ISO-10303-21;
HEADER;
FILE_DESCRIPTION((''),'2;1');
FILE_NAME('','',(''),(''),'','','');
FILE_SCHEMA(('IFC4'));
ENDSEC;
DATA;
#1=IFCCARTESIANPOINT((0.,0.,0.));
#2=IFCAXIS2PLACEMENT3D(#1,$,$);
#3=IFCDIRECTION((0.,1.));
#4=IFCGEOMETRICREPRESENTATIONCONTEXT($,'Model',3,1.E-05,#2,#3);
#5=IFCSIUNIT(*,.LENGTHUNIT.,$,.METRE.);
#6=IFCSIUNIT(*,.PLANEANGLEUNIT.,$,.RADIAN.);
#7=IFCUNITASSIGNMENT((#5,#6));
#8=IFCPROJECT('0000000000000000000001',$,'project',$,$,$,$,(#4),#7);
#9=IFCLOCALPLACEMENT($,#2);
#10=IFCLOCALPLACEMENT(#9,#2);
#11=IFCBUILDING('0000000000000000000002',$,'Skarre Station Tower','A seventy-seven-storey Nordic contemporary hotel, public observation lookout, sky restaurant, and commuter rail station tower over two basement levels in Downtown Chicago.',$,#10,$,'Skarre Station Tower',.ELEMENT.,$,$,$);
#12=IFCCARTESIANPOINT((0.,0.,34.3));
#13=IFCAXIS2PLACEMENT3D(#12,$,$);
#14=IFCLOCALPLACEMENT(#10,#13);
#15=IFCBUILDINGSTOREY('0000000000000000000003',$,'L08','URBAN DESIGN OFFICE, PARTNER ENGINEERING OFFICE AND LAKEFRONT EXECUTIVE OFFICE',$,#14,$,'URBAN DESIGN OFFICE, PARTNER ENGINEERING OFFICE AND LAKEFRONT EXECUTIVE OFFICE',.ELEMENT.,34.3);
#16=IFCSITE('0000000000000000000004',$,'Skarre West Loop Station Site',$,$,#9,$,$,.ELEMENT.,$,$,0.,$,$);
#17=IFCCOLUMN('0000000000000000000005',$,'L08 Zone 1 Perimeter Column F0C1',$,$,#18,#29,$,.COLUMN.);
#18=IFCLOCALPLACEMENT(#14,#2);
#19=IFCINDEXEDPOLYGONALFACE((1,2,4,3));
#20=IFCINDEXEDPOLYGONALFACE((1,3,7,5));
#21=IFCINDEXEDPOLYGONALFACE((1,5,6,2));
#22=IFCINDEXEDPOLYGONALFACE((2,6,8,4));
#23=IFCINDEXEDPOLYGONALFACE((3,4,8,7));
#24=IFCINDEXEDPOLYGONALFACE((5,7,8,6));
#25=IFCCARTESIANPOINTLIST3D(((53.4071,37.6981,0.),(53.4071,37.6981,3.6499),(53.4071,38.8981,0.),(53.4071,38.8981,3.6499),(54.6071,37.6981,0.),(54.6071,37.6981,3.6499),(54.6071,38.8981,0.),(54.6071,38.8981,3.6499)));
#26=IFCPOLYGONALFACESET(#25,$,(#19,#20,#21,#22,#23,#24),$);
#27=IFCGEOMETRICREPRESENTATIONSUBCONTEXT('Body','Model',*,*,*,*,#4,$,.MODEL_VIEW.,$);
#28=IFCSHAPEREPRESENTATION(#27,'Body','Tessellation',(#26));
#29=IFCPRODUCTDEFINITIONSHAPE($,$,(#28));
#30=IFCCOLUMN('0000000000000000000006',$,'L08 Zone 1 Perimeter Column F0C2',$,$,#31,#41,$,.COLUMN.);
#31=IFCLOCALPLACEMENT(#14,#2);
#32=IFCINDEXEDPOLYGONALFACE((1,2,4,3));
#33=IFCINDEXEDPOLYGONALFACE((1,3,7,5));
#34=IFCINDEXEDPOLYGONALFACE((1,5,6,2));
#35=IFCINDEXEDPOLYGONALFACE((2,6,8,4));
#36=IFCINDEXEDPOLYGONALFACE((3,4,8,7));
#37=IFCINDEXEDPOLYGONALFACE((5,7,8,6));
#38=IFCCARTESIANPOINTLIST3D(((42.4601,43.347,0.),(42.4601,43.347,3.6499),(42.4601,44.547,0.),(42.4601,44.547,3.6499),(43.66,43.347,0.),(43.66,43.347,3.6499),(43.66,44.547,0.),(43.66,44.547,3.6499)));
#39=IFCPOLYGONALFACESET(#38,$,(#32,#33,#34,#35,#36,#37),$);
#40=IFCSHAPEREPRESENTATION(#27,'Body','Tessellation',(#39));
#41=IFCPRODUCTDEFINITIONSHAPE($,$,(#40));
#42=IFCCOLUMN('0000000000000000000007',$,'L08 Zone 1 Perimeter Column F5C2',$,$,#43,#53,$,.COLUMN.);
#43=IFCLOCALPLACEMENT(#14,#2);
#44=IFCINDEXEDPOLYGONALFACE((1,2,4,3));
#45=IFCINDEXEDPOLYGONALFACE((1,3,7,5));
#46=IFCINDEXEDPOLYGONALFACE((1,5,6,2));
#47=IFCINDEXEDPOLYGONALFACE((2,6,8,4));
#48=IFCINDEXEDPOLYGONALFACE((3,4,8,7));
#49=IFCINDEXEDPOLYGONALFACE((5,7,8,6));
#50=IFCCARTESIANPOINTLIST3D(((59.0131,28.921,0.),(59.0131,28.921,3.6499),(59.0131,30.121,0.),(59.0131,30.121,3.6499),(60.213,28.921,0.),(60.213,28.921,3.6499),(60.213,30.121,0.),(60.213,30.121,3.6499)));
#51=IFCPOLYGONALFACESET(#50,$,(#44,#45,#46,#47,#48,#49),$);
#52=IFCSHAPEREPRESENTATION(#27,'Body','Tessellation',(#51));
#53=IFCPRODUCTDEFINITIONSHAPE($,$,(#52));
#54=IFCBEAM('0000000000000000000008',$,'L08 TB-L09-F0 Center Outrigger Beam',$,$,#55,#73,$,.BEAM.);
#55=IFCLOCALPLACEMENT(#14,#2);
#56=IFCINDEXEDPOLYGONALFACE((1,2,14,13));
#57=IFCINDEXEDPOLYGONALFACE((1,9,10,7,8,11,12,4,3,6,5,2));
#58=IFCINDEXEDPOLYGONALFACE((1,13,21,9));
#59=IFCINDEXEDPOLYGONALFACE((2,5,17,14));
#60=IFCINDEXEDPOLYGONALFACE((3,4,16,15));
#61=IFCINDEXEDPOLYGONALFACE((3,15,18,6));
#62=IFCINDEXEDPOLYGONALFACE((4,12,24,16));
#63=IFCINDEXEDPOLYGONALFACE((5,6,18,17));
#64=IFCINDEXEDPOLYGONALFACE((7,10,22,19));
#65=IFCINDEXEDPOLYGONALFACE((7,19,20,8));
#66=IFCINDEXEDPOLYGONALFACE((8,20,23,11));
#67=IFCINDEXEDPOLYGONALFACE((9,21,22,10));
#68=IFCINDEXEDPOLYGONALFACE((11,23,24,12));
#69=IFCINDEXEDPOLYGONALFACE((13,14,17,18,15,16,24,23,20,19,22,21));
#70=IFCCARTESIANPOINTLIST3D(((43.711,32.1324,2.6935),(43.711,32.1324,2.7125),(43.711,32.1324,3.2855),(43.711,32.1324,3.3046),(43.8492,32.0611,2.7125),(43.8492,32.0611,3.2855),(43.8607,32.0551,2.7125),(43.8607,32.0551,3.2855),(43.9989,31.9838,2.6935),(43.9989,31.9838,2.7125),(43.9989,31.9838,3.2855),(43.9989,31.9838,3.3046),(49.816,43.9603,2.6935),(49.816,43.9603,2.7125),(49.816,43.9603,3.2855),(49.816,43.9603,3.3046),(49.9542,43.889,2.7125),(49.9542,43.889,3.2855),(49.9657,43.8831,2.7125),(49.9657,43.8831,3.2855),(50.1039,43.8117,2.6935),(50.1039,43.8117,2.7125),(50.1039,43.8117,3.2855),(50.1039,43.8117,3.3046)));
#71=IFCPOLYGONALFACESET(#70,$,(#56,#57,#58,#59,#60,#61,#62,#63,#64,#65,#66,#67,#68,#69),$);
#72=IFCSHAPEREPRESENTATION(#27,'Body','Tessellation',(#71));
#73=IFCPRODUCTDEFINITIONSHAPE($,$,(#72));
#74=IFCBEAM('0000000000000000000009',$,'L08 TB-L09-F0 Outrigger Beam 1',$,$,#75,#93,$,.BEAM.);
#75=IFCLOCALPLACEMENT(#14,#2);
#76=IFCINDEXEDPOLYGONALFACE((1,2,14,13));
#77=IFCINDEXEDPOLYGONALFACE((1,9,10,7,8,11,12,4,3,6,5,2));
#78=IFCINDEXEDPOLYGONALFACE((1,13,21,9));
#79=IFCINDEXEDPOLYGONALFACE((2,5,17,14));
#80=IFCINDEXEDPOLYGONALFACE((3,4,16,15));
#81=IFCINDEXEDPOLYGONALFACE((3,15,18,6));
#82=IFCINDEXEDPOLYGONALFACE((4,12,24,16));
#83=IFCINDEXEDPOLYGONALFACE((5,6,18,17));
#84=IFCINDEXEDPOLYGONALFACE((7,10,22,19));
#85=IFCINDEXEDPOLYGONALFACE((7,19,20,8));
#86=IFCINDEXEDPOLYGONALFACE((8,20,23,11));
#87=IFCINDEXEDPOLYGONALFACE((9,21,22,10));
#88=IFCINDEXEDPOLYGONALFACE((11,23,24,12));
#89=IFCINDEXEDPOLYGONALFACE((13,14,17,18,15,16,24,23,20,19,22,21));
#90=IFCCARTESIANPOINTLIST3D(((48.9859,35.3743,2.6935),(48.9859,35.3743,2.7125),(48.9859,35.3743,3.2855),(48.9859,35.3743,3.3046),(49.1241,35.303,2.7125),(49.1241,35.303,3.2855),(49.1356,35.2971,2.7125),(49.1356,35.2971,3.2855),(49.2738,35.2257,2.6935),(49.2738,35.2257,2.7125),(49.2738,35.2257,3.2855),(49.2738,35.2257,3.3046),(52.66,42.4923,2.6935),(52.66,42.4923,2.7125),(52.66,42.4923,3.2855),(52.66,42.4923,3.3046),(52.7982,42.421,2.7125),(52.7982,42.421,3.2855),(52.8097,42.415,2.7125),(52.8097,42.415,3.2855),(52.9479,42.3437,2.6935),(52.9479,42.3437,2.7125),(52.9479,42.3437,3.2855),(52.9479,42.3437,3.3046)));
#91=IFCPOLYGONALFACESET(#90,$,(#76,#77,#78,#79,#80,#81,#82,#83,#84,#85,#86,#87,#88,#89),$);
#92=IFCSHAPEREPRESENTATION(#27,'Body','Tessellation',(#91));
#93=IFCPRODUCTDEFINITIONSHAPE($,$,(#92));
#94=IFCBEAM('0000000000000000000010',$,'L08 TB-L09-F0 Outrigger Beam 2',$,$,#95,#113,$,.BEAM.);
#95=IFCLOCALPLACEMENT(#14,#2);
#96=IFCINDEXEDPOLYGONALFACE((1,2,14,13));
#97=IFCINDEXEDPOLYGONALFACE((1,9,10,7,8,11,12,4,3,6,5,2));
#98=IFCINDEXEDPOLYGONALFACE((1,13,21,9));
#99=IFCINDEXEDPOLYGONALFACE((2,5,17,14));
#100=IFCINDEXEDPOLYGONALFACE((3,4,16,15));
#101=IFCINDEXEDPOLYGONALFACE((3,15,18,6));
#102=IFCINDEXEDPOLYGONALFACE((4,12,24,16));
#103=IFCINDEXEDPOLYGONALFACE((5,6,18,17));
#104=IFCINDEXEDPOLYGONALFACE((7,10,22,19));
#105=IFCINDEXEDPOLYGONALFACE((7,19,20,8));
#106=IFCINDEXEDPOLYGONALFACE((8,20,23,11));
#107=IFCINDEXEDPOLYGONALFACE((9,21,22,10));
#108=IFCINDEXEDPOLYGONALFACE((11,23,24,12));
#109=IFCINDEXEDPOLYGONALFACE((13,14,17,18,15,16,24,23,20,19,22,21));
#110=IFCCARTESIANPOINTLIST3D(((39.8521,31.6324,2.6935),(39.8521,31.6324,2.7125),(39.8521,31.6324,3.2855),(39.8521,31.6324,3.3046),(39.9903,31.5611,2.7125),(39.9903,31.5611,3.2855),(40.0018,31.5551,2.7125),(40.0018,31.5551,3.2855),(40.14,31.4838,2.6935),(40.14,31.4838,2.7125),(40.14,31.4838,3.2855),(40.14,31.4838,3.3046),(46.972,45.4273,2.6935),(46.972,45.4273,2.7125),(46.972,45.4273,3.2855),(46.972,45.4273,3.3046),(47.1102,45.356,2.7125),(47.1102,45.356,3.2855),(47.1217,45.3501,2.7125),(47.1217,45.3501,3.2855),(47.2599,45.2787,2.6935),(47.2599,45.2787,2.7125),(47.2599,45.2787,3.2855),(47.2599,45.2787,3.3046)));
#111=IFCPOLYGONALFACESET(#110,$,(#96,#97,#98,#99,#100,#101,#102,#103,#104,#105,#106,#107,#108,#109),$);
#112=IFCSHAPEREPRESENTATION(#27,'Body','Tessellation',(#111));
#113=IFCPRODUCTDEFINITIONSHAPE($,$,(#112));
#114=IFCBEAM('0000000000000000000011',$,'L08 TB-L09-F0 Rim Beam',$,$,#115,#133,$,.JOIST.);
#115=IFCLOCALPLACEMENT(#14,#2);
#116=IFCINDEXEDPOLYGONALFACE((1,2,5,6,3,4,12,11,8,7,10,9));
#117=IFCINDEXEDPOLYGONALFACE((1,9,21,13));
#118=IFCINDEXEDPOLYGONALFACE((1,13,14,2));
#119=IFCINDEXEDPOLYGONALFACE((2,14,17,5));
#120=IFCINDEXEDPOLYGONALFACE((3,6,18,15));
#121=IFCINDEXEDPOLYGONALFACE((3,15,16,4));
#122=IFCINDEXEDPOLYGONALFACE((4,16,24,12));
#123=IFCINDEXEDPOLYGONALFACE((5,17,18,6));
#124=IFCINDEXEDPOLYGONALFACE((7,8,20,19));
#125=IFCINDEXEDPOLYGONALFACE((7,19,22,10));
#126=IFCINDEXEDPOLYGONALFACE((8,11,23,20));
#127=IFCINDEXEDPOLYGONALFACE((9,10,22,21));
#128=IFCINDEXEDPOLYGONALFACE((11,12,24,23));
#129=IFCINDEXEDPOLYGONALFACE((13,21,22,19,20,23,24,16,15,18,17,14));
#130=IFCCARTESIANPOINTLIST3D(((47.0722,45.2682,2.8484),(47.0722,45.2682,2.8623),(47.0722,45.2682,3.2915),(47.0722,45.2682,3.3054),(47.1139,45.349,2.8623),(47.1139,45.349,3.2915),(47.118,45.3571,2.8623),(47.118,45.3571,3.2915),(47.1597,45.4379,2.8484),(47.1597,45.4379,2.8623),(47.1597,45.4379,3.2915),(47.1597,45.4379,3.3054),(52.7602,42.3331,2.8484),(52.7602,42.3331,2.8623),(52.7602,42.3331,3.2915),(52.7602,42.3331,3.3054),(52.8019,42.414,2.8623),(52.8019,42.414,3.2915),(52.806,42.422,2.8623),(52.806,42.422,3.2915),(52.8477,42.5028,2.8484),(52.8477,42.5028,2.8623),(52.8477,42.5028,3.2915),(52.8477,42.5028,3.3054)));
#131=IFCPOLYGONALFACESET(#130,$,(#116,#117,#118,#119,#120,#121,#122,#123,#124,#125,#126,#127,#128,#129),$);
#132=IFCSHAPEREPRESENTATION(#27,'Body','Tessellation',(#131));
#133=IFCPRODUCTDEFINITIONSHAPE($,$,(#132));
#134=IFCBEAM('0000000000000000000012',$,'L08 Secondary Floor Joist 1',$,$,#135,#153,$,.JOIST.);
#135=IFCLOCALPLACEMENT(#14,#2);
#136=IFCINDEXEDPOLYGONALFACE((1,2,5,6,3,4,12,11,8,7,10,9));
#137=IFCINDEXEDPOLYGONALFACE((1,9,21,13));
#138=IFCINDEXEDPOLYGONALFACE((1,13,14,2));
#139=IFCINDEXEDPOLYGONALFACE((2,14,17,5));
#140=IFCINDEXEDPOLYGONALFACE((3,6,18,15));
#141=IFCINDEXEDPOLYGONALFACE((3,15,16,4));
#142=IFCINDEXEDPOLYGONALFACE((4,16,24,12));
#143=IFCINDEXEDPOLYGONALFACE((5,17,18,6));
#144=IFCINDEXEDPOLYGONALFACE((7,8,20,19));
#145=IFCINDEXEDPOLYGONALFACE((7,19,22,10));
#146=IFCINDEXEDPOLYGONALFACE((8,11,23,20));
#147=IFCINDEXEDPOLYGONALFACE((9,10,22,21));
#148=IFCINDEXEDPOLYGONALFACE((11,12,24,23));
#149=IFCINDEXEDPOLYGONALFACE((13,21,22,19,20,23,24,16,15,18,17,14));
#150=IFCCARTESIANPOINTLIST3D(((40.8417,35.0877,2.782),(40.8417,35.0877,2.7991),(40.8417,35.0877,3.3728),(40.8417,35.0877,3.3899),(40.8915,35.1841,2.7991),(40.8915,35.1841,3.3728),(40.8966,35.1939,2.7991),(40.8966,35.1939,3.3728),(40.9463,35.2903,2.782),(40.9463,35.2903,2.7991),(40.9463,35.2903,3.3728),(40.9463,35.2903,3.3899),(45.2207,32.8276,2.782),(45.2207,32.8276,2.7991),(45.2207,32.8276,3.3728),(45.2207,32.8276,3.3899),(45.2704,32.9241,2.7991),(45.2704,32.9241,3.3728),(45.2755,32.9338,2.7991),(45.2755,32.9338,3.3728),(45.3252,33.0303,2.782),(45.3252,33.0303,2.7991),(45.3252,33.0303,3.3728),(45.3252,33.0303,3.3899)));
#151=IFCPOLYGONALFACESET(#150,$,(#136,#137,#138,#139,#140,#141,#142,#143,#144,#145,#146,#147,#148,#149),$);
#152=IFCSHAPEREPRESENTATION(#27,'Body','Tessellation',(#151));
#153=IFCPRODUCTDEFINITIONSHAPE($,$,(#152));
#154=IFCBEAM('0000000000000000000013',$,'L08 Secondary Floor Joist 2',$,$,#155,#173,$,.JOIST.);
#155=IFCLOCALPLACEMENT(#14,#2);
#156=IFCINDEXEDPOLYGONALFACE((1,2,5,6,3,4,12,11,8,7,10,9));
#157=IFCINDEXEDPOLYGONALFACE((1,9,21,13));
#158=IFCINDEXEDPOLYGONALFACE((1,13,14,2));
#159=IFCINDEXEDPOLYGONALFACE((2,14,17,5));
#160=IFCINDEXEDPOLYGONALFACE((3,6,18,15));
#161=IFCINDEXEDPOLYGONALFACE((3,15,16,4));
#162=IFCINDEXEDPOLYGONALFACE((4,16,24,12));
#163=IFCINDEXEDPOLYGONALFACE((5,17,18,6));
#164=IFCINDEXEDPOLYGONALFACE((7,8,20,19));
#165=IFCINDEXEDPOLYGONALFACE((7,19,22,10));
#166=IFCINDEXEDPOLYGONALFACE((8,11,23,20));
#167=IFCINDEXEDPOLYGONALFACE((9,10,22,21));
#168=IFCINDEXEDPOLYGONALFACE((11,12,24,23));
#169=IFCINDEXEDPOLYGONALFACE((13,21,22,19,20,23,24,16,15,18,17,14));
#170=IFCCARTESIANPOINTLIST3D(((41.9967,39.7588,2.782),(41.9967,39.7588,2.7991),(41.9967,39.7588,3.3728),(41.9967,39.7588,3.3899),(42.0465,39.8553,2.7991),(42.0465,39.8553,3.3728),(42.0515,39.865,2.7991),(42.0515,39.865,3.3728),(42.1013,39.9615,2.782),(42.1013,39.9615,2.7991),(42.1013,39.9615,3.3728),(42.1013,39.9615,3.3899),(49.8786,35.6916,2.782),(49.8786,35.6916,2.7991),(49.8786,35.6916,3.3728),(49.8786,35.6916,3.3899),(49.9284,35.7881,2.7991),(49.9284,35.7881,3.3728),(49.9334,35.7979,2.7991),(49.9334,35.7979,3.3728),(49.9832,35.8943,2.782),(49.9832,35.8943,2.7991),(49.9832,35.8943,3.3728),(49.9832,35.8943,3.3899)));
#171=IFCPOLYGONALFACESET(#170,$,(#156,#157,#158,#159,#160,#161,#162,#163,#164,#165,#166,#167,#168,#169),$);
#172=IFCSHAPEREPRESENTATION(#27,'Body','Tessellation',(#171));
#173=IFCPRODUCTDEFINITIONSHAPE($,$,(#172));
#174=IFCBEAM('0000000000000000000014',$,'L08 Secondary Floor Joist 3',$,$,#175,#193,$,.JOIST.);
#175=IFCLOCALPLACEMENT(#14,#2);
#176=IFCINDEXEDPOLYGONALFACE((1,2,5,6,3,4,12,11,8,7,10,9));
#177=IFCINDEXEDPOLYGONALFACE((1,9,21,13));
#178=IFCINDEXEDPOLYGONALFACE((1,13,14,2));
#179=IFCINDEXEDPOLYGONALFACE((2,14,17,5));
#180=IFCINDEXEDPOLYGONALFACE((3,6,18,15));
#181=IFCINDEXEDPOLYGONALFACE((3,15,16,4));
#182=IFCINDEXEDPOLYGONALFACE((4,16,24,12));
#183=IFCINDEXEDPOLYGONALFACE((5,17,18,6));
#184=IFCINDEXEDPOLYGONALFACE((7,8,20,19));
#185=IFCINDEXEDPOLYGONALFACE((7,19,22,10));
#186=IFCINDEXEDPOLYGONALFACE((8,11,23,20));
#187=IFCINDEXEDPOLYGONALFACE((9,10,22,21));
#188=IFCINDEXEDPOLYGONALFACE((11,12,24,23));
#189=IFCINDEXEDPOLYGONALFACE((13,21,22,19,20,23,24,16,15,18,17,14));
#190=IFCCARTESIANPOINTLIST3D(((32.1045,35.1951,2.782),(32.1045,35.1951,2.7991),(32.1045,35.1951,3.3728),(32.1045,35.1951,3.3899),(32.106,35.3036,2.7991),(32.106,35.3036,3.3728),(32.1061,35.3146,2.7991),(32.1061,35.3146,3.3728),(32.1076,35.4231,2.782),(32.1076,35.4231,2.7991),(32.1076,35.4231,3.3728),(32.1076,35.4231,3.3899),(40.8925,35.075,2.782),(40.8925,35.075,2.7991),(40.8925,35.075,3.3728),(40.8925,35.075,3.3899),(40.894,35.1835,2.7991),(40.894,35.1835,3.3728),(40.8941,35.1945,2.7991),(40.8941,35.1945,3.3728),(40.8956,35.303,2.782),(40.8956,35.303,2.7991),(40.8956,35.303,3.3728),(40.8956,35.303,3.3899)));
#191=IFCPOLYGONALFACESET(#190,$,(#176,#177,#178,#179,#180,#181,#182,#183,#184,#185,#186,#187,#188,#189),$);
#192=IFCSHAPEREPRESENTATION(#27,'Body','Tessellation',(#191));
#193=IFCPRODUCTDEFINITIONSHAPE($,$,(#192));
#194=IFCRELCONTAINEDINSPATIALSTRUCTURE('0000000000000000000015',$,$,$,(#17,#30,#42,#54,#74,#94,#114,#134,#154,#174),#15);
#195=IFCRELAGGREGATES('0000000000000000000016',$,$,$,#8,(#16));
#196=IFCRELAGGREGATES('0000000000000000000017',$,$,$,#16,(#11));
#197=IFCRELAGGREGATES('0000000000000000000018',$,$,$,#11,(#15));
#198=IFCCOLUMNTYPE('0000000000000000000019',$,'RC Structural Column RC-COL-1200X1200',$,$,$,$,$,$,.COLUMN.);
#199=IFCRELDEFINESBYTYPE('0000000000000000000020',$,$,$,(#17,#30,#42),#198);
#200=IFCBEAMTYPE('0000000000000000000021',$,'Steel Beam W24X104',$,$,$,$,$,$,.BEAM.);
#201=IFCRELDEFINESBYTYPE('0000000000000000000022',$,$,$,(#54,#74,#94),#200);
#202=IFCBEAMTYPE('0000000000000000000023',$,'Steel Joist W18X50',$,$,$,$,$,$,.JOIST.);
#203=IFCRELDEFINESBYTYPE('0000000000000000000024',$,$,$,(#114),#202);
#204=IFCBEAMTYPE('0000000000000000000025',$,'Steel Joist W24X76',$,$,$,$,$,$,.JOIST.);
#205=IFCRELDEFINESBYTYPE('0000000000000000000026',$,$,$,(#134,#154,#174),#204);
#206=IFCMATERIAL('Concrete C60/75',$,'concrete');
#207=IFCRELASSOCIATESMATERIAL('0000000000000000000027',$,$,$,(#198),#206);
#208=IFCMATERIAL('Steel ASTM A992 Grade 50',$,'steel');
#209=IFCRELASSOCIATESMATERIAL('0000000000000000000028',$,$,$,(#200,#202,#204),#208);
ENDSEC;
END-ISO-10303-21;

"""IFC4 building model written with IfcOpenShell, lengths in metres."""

from ifc_helpers import new_model, si_unit, direction, frame, origin, origin_2d, place, context, subcontext, project, spatial, rectangle, i_section, extrude, material, material_profile, profile_set, type_object, element, save


model = new_model("IFC4")

# Units and contexts
model_context = context("Model", 3, precision=1e-05, world=origin(), true_north=direction((0.0, 1.0)))
body_context = subcontext(model_context, "Body", "Model", "MODEL_VIEW")
ifc_project = project(units=[si_unit("LENGTHUNIT", "METRE"), si_unit("PLANEANGLEUNIT", "RADIAN")], contexts=[model_context])

# Site, building, storey
site_placement = place(None, origin())
site = spatial("IfcSite", under=ifc_project, at=site_placement, Name="Skarre West Loop Station Site", CompositionType="ELEMENT", RefElevation=0.0)
building_placement = place(site_placement, origin())
building = spatial("IfcBuilding", under=site, at=building_placement, Name="Skarre Station Tower", Description="A seventy-seven-storey Nordic contemporary hotel, public observation lookout, sky restaurant, and commuter rail station tower over two basement levels in Downtown Chicago.", LongName="Skarre Station Tower", CompositionType="ELEMENT")
storey_placement = place(building_placement, frame((0.0, 0.0, 34.3)))
storey = spatial("IfcBuildingStorey", under=building, at=storey_placement, Name="L08", Description="URBAN DESIGN OFFICE, PARTNER ENGINEERING OFFICE AND LAKEFRONT EXECUTIVE OFFICE", LongName="URBAN DESIGN OFFICE, PARTNER ENGINEERING OFFICE AND LAKEFRONT EXECUTIVE OFFICE", CompositionType="ELEMENT", Elevation=34.3)

# Columns
ifc_material_1 = material(Name="Concrete C60/75", Category="concrete")
ifc_material_profile_1 = material_profile(ifc_material_1, rectangle(XDim=1.2, YDim=1.2, at=origin_2d()), Name="Concrete C60/75")
ifc_profile_set_1 = profile_set([ifc_material_profile_1], Name="Concrete C60/75")
column_type = type_object("IfcColumnType", Name="RC Structural Column RC-COL-1200X1200", PredefinedType="COLUMN", material=ifc_profile_set_1)
for number, where, z_axis, x_axis, name in (
    (1, (54.0071, 38.2981, 0.0), (0.0, 0.0, 1.0), (1.0, 0.0, 0.0), "L08 Zone 1 Perimeter Column F0C1"),
    (2, (43.0601, 43.947, 0.0), (0.0, 0.0, 1.0), (1.0, 0.0, 0.0), "L08 Zone 1 Perimeter Column F0C2"),
    (3, (59.613, 29.521, 0.0), (0.0, 0.0, 1.0), (1.0, 0.0, 0.0), "L08 Zone 1 Perimeter Column F5C2"),
):
    element("IfcColumn", number, at=place(storey_placement, frame(where, z_axis=z_axis, x_axis=x_axis)), inside=storey, type_object=column_type, Name=name, PredefinedType="COLUMN", context=body_context, shape_type="SweptSolid", body=[
        extrude(rectangle(XDim=1.2, YDim=1.2, at=origin_2d()), origin(), (0.0, 0.0, 1.0), 3.6499),
    ])

# Beams
ifc_material_2 = material(Name="Steel ASTM A992 Grade 50", Category="steel")
ifc_material_profile_2 = material_profile(ifc_material_2, i_section(OverallWidth=0.324, OverallDepth=0.6111, WebThickness=0.0129, FlangeThickness=0.019, at=origin_2d()), Name="Steel ASTM A992 Grade 50")
ifc_profile_set_2 = profile_set([ifc_material_profile_2], Name="Steel ASTM A992 Grade 50")
beam_type_1 = type_object("IfcBeamType", Name="Steel Beam W24X104", PredefinedType="BEAM", material=ifc_profile_set_2)
beam_1_placement = place(storey_placement, frame((43.855, 32.0581, 2.999), z_axis=(0.458659, 0.888612, 0.0), x_axis=(-0.888612, 0.458659, 0.0)))
element("IfcBeam", 4, at=beam_1_placement, inside=storey, type_object=beam_type_1, Name="L08 TB-L09-F0 Center Outrigger Beam", PredefinedType="BEAM", context=body_context, shape_type="SweptSolid", body=[
    extrude(i_section(OverallWidth=0.324, OverallDepth=0.6111, WebThickness=0.0129, FlangeThickness=0.019, at=origin_2d()), origin(), (0.0, 0.0, 1.0), 13.3105),
])
beam_2_placement = place(storey_placement, frame((49.1299, 35.3, 2.999), z_axis=(0.458673, 0.888605, 0.0), x_axis=(-0.888605, 0.458673, 0.0)))
element("IfcBeam", 5, at=beam_2_placement, inside=storey, type_object=beam_type_1, Name="L08 TB-L09-F0 Outrigger Beam 1", PredefinedType="BEAM", context=body_context, shape_type="SweptSolid", body=[
    extrude(i_section(OverallWidth=0.324, OverallDepth=0.6111, WebThickness=0.0129, FlangeThickness=0.019, at=origin_2d()), origin(), (0.0, 0.0, 1.0), 8.0103),
])
beam_3_placement = place(storey_placement, frame((39.9961, 31.5581, 2.999), z_axis=(0.458639, 0.888623, 0.0), x_axis=(-0.888623, 0.458639, 0.0)))
element("IfcBeam", 6, at=beam_3_placement, inside=storey, type_object=beam_type_1, Name="L08 TB-L09-F0 Outrigger Beam 2", PredefinedType="BEAM", context=body_context, shape_type="SweptSolid", body=[
    extrude(i_section(OverallWidth=0.324, OverallDepth=0.6111, WebThickness=0.0129, FlangeThickness=0.019, at=origin_2d()), origin(), (0.0, 0.0, 1.0), 15.5239),
])
ifc_material_profile_3 = material_profile(ifc_material_2, i_section(OverallWidth=0.1909, OverallDepth=0.457, WebThickness=0.009, FlangeThickness=0.0139, at=origin_2d()), Name="Steel ASTM A992 Grade 50")
ifc_profile_set_3 = profile_set([ifc_material_profile_3], Name="Steel ASTM A992 Grade 50")
beam_type_2 = type_object("IfcBeamType", Name="Steel Joist W18X50", PredefinedType="JOIST", material=ifc_profile_set_3)
beam_4_placement = place(storey_placement, frame((52.804, 42.418, 3.0769), z_axis=(-0.888664, 0.458559, 0.0), x_axis=(-0.458559, -0.888664, 0.0)))
element("IfcBeam", 7, at=beam_4_placement, inside=storey, type_object=beam_type_2, Name="L08 TB-L09-F0 Rim Beam", PredefinedType="JOIST", context=body_context, shape_type="SweptSolid", body=[
    extrude(i_section(OverallWidth=0.1909, OverallDepth=0.457, WebThickness=0.009, FlangeThickness=0.0139, at=origin_2d()), origin(), (0.0, 0.0, 1.0), 6.4006),
])
ifc_material_profile_4 = material_profile(ifc_material_2, i_section(OverallWidth=0.228, OverallDepth=0.6079, WebThickness=0.011, FlangeThickness=0.0171, at=origin_2d()), Name="Steel ASTM A992 Grade 50")
ifc_profile_set_4 = profile_set([ifc_material_profile_4], Name="Steel ASTM A992 Grade 50")
beam_type_3 = type_object("IfcBeamType", Name="Steel Joist W24X76", PredefinedType="JOIST", material=ifc_profile_set_4)
beam_5_placement = place(storey_placement, frame((45.2729, 32.929, 3.0859), z_axis=(-0.888627, 0.458632, 0.0), x_axis=(-0.458632, -0.888627, 0.0)))
element("IfcBeam", 8, at=beam_5_placement, inside=storey, type_object=beam_type_3, Name="L08 Secondary Floor Joist 1", PredefinedType="JOIST", context=body_context, shape_type="SweptSolid", body=[
    extrude(i_section(OverallWidth=0.228, OverallDepth=0.6079, WebThickness=0.011, FlangeThickness=0.0171, at=origin_2d()), origin(), (0.0, 0.0, 1.0), 4.9277),
])
beam_6_placement = place(storey_placement, frame((49.9309, 35.793, 3.0859), z_axis=(-0.888662, 0.458562, 0.0), x_axis=(-0.458562, -0.888662, 0.0)))
element("IfcBeam", 9, at=beam_6_placement, inside=storey, type_object=beam_type_3, Name="L08 Secondary Floor Joist 2", PredefinedType="JOIST", context=body_context, shape_type="SweptSolid", body=[
    extrude(i_section(OverallWidth=0.228, OverallDepth=0.6079, WebThickness=0.011, FlangeThickness=0.0171, at=origin_2d()), origin(), (0.0, 0.0, 1.0), 8.8694),
])
beam_7_placement = place(storey_placement, frame((40.894, 35.189, 3.0859), z_axis=(-0.999907, 0.013667, 0.0), x_axis=(-0.013667, -0.999907, 0.0)))
element("IfcBeam", 10, at=beam_7_placement, inside=storey, type_object=beam_type_3, Name="L08 Secondary Floor Joist 3", PredefinedType="JOIST", context=body_context, shape_type="SweptSolid", body=[
    extrude(i_section(OverallWidth=0.228, OverallDepth=0.6079, WebThickness=0.011, FlangeThickness=0.0171, at=origin_2d()), origin(), (0.0, 0.0, 1.0), 8.7888),
])

save(model, "model.ifc")
